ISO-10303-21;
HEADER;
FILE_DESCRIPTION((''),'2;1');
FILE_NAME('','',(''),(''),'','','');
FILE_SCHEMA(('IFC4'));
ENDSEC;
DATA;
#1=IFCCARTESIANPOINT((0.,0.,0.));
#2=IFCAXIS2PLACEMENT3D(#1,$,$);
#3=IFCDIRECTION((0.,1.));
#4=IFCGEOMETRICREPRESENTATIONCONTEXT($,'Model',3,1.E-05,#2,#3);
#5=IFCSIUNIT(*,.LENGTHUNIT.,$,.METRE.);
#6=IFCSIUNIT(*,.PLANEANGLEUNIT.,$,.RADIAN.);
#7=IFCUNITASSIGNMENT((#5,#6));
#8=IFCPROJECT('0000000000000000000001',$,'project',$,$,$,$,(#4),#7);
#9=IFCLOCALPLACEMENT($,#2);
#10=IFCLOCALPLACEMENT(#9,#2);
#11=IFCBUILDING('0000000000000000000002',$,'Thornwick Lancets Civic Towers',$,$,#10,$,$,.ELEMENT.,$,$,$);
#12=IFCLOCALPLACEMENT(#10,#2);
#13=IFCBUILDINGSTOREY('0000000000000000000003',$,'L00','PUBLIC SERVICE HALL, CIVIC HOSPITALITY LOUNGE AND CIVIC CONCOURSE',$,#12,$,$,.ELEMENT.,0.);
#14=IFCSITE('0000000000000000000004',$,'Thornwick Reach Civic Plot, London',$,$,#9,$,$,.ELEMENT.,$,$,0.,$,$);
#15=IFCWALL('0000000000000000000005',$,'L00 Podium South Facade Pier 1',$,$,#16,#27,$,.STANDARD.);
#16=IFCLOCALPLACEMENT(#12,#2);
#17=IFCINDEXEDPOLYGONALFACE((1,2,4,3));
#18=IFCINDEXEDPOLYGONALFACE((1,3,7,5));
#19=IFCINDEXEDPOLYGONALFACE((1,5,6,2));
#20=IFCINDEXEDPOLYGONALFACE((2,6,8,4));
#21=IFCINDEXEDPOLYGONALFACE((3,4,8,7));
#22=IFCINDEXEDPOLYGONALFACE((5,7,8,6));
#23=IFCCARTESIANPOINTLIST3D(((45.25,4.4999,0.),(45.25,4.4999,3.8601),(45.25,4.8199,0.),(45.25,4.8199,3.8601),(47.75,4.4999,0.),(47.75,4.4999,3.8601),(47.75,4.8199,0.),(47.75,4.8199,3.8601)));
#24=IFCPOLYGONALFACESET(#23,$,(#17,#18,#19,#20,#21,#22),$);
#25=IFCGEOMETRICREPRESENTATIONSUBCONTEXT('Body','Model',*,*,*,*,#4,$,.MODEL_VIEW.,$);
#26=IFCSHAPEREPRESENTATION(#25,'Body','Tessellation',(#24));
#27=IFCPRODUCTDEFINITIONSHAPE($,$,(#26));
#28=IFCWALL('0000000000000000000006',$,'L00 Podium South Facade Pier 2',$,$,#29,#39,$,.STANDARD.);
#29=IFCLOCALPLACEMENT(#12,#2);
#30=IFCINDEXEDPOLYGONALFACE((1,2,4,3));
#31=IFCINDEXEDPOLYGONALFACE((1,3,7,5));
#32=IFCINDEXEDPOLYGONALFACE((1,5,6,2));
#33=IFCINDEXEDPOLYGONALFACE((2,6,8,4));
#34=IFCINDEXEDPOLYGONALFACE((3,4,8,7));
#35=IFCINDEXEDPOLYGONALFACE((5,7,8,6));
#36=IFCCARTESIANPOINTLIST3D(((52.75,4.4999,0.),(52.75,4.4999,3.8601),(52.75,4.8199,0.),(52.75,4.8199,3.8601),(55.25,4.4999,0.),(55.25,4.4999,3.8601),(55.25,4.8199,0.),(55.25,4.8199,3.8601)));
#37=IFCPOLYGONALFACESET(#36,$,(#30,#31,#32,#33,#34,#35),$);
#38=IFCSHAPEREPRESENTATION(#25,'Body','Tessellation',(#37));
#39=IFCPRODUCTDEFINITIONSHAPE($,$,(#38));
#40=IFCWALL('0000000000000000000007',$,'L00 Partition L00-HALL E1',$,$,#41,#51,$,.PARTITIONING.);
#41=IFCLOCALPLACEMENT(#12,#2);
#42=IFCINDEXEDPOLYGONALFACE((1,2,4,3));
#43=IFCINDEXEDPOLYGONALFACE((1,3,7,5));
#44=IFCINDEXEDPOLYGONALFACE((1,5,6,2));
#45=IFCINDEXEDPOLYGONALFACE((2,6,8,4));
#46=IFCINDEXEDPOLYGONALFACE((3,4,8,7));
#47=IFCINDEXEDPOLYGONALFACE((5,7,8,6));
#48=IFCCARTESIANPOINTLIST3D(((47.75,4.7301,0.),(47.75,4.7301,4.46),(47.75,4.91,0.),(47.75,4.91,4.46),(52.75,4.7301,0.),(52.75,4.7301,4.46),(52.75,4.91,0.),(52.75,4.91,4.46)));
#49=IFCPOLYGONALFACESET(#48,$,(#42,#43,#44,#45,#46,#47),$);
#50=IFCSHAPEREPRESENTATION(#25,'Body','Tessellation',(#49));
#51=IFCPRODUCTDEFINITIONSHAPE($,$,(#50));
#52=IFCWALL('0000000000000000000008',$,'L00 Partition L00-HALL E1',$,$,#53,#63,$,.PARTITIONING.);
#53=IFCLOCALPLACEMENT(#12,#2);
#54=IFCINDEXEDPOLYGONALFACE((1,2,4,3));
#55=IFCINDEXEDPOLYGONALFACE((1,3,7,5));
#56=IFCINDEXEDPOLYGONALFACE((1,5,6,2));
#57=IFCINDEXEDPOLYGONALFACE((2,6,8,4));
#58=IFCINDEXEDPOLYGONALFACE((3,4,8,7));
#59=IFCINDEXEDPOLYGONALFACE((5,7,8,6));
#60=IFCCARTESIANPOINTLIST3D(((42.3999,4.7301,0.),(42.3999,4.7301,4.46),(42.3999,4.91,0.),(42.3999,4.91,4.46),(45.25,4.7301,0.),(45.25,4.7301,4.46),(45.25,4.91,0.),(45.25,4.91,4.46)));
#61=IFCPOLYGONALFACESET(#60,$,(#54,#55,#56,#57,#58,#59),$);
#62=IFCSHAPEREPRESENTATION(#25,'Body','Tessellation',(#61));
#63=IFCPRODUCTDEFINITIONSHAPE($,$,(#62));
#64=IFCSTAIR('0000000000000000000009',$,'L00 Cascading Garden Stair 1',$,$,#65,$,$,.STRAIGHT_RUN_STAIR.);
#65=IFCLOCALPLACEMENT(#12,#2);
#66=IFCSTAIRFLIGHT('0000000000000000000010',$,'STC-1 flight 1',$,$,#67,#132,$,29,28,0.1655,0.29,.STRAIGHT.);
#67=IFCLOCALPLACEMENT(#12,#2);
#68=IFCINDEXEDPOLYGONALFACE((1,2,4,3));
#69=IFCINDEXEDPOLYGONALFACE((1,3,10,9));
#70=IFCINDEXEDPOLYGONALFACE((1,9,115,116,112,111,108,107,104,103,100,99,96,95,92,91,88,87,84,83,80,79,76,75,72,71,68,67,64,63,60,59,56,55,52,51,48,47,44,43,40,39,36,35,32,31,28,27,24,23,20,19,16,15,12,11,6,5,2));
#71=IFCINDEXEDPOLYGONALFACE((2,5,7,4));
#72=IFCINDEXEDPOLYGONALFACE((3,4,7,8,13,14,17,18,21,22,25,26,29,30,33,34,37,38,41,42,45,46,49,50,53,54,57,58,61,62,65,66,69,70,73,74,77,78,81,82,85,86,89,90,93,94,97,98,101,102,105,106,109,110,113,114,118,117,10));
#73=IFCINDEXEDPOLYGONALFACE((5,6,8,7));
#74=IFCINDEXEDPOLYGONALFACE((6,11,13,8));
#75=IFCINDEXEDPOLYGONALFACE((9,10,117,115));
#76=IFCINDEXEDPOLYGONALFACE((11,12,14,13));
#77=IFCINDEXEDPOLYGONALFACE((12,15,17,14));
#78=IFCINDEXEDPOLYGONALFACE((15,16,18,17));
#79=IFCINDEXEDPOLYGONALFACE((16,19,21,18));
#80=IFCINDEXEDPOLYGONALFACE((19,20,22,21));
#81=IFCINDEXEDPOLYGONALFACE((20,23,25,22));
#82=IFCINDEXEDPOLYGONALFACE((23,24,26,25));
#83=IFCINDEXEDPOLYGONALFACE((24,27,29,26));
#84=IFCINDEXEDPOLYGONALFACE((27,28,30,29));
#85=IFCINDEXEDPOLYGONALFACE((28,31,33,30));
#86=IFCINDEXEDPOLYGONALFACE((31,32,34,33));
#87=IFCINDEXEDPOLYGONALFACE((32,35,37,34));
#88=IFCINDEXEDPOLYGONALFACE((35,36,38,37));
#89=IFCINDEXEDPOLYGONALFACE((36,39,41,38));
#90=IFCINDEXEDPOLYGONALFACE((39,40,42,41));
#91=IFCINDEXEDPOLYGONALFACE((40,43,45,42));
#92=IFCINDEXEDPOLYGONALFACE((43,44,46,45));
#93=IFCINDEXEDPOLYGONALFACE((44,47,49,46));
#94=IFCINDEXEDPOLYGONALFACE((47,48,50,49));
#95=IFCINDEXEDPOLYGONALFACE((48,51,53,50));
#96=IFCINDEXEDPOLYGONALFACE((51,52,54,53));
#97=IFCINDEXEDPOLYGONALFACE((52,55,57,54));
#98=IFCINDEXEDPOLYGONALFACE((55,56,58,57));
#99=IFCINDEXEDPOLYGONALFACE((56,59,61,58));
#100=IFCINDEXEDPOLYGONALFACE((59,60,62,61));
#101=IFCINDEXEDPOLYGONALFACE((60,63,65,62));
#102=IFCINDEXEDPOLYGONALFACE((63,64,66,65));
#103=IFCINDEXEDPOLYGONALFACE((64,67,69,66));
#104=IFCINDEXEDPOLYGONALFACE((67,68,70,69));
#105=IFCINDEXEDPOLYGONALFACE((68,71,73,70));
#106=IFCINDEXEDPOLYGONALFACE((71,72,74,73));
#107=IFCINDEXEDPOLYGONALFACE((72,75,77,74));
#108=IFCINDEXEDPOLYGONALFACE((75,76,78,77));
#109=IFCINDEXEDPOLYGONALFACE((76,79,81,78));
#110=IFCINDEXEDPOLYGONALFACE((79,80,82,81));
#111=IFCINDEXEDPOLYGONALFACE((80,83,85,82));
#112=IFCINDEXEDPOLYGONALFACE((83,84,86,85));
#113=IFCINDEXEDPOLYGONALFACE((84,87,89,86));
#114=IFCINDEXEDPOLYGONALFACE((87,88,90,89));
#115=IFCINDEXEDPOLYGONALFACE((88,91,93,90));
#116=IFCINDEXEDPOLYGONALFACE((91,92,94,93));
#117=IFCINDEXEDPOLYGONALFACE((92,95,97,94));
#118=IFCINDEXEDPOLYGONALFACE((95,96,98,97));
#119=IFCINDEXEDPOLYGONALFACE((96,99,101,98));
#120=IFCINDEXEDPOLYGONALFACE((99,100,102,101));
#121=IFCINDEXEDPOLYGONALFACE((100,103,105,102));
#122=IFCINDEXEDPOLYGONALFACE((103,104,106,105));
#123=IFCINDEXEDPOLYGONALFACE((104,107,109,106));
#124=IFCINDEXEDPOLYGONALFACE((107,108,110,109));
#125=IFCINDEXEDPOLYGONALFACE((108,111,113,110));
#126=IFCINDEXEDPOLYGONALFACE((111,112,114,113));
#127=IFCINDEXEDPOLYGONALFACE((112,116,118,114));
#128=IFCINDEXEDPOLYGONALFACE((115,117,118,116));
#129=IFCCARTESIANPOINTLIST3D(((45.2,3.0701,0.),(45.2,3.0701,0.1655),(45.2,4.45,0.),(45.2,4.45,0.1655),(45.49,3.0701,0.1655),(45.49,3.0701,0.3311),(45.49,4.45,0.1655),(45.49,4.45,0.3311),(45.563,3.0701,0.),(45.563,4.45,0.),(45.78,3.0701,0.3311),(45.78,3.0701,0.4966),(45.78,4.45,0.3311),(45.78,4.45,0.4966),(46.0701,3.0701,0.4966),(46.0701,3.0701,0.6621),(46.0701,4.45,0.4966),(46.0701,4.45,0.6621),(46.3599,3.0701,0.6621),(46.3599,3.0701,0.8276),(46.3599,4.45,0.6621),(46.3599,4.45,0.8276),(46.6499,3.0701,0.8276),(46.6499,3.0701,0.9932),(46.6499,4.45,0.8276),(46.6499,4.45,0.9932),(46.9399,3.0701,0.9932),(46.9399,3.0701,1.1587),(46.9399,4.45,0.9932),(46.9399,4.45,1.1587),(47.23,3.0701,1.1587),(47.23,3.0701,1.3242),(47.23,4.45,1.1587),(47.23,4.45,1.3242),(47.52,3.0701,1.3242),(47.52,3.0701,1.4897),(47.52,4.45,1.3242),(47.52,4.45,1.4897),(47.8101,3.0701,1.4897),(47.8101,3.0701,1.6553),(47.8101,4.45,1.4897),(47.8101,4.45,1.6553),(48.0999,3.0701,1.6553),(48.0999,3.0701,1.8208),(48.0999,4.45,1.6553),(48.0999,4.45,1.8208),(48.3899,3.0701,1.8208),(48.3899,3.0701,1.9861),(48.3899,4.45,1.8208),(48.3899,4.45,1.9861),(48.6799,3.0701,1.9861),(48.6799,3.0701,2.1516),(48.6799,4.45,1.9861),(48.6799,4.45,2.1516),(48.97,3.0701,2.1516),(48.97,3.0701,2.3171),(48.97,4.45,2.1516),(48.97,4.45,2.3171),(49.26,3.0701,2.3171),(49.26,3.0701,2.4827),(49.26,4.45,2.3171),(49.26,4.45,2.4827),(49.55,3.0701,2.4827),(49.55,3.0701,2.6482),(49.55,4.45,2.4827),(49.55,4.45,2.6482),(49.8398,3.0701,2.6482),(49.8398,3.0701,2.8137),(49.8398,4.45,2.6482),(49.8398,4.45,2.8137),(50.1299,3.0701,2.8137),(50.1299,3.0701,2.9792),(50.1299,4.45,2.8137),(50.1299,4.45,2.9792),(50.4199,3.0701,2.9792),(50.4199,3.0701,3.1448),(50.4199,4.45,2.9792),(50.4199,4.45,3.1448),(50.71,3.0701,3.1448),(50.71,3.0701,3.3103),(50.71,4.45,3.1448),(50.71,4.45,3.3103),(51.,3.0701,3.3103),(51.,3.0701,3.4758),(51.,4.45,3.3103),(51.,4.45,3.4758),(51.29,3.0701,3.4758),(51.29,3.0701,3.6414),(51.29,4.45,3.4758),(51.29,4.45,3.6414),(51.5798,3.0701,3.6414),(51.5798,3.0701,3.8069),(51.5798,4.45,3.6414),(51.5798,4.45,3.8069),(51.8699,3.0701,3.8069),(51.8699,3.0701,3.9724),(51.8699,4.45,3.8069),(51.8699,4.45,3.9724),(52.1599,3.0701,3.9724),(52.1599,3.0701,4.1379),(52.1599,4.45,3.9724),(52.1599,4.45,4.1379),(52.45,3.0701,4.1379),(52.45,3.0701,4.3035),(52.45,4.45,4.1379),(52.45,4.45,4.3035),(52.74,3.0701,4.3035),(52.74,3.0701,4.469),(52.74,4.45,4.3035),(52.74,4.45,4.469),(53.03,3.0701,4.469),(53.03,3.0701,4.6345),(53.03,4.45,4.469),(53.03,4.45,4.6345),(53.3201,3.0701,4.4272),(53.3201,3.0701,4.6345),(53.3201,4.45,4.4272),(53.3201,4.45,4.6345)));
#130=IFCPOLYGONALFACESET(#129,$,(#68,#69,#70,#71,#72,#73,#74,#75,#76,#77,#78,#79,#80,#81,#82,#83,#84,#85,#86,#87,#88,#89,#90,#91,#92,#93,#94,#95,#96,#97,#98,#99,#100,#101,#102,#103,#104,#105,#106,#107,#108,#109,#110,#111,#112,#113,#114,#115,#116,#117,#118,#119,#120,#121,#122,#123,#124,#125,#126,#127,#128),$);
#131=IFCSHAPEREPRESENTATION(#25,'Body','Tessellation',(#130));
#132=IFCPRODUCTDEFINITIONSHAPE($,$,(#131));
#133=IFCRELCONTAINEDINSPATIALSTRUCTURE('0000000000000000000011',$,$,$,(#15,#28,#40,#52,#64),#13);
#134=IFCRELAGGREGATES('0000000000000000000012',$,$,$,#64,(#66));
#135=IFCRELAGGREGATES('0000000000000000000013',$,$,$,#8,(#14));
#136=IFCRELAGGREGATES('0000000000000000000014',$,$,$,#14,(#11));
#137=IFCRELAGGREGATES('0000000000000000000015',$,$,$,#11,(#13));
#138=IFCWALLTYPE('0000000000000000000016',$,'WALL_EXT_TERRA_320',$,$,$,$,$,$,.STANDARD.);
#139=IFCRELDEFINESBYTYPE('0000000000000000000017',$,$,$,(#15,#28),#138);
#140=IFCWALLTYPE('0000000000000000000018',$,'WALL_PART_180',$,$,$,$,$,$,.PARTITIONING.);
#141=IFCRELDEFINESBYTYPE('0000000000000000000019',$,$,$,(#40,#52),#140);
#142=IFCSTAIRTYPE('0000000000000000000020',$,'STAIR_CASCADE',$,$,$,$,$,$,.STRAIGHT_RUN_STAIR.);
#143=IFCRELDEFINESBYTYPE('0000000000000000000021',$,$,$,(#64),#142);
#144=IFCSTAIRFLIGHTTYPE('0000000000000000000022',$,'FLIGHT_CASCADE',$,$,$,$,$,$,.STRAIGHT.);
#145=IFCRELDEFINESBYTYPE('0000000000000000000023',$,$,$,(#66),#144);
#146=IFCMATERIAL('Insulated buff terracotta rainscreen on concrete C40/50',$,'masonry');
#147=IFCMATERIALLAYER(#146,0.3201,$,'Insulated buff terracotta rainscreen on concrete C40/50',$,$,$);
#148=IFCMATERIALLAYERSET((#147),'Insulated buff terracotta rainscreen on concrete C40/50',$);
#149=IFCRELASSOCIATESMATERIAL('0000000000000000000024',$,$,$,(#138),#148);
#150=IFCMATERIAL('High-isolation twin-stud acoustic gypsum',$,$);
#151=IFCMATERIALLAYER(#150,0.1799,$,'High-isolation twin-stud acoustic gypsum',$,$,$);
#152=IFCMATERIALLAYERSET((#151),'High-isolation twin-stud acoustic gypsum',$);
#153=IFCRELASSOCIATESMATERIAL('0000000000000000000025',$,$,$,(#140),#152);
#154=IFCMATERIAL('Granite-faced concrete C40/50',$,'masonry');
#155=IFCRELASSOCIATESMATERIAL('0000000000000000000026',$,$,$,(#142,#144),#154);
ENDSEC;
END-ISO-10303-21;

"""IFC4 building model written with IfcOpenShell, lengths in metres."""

from ifc_helpers import new_model, si_unit, direction, frame, frame_2d, origin, place, context, subcontext, project, spatial, polyline, rectangle, outline, extrude, material, layer, layer_set, type_object, element, aggregate, save


model = new_model("IFC4")

# Units and contexts
model_context = context("Model", 3, precision=1e-05, world=origin(), true_north=direction((0.0, 1.0)))
body_context = subcontext(model_context, "Body", "Model", "MODEL_VIEW")
ifc_project = project(units=[si_unit("LENGTHUNIT", "METRE"), si_unit("PLANEANGLEUNIT", "RADIAN")], contexts=[model_context])

# Site, building, storey
site_placement = place(None, origin())
site = spatial("IfcSite", under=ifc_project, at=site_placement, Name="Thornwick Reach Civic Plot, London", CompositionType="ELEMENT", RefElevation=0.0)
building_placement = place(site_placement, origin())
building = spatial("IfcBuilding", under=site, at=building_placement, Name="Thornwick Lancets Civic Towers", CompositionType="ELEMENT")
storey_placement = place(building_placement, origin())
storey = spatial("IfcBuildingStorey", under=building, at=storey_placement, Name="L00", Description="PUBLIC SERVICE HALL, CIVIC HOSPITALITY LOUNGE AND CIVIC CONCOURSE", CompositionType="ELEMENT", Elevation=0.0)

# Walls
ifc_material_1 = material(Name="Insulated buff terracotta rainscreen on concrete C40/50", Category="masonry")
ifc_layer_1 = layer(ifc_material_1, 0.3201, Name="Insulated buff terracotta rainscreen on concrete C40/50")
ifc_layer_set_1 = layer_set([ifc_layer_1], Name="Insulated buff terracotta rainscreen on concrete C40/50")
wall_type_1 = type_object("IfcWallType", Name="WALL_EXT_TERRA_320", PredefinedType="STANDARD", material=ifc_layer_set_1)
for number, where, z_axis, x_axis, name in (
    (1, (45.25, 4.6599, 0.0), (0.0, 0.0, 1.0), (1.0, 0.0, 0.0), "L00 Podium South Facade Pier 1"),
    (2, (52.75, 4.6599, 0.0), (0.0, 0.0, 1.0), (1.0, 0.0, 0.0), "L00 Podium South Facade Pier 2"),
):
    element("IfcWall", number, at=place(storey_placement, frame(where, z_axis=z_axis, x_axis=x_axis)), inside=storey, type_object=wall_type_1, Name=name, PredefinedType="STANDARD", context=body_context, shape_type="SweptSolid", body=[
        extrude(rectangle(XDim=2.5, YDim=0.3201, at=frame_2d((1.25, 0.0))), origin(), (0.0, 0.0, 1.0), 3.8601),
    ])
ifc_material_2 = material(Name="High-isolation twin-stud acoustic gypsum")
ifc_layer_2 = layer(ifc_material_2, 0.1799, Name="High-isolation twin-stud acoustic gypsum")
ifc_layer_set_2 = layer_set([ifc_layer_2], Name="High-isolation twin-stud acoustic gypsum")
wall_type_2 = type_object("IfcWallType", Name="WALL_PART_180", PredefinedType="PARTITIONING", material=ifc_layer_set_2)
wall_1_placement = place(storey_placement, frame((52.75, 4.8201, 0.0), z_axis=(0.0, 0.0, 1.0), x_axis=(-1.0, 0.0, 0.0)))
element("IfcWall", 3, at=wall_1_placement, inside=storey, type_object=wall_type_2, Name="L00 Partition L00-HALL E1", PredefinedType="PARTITIONING", context=body_context, shape_type="SweptSolid", body=[
    extrude(rectangle(XDim=5.0, YDim=0.1799, at=frame_2d((2.5, 0.0))), origin(), (0.0, 0.0, 1.0), 4.46),
])
wall_2_placement = place(storey_placement, frame((45.25, 4.8201, 0.0), z_axis=(0.0, 0.0, 1.0), x_axis=(-1.0, 0.0, 0.0)))
element("IfcWall", 4, at=wall_2_placement, inside=storey, type_object=wall_type_2, Name="L00 Partition L00-HALL E1", PredefinedType="PARTITIONING", context=body_context, shape_type="SweptSolid", body=[
    extrude(rectangle(XDim=2.8501, YDim=0.1799, at=frame_2d((1.425, 0.0))), origin(), (0.0, 0.0, 1.0), 4.46),
])

# Stair, stair flight
ifc_material_3 = material(Name="Granite-faced concrete C40/50", Category="masonry")
stair_type = type_object("IfcStairType", Name="STAIR_CASCADE", PredefinedType="STRAIGHT_RUN_STAIR", material=ifc_material_3)
stair_placement = place(storey_placement, origin())
stair = element("IfcStair", 5, at=stair_placement, inside=storey, type_object=stair_type, Name="L00 Cascading Garden Stair 1", PredefinedType="STRAIGHT_RUN_STAIR")
stair_flight_type = type_object("IfcStairFlightType", Name="FLIGHT_CASCADE", PredefinedType="STRAIGHT", material=ifc_material_3)
stair_flight_placement = place(storey_placement, frame((45.2, 3.76, 0.0), z_axis=(0.0, 0.0, 1.0), x_axis=(1.0, 0.0, 0.0)))
stair_flight = element("IfcStairFlight", 6, at=stair_flight_placement, type_object=stair_flight_type, Name="STC-1 flight 1", NumberOfRisers=29, NumberOfTreads=28, PredefinedType="STRAIGHT", RiserHeight=0.1655, TreadLength=0.29, context=body_context, shape_type="SweptSolid", body=[
    extrude(outline(polyline([(0.0, 0.0), (0.0, 0.1655), (0.29, 0.1655), (0.29, 0.3311), (0.5801, 0.3311), (0.5801, 0.4966), (0.8701, 0.4966), (0.8701, 0.6621), (1.1599, 0.6621), (1.1599, 0.8276), (1.45, 0.8276), (1.45, 0.9932), (1.74, 0.9932), (1.74, 1.1587), (2.03, 1.1587), (2.03, 1.3242), (2.3201, 1.3242), (2.3201, 1.4897), (2.6101, 1.4897), (2.6101, 1.6553), (2.8999, 1.6553), (2.8999, 1.8208), (3.1899, 1.8208), (3.1899, 1.9861), (3.48, 1.9861), (3.48, 2.1516), (3.77, 2.1516), (3.77, 2.3171), (4.0601, 2.3171), (4.0601, 2.4827), (4.3501, 2.4827), (4.3501, 2.6482), (4.6399, 2.6482), (4.6399, 2.8137), (4.9299, 2.8137), (4.9299, 2.9792), (5.22, 2.9792), (5.22, 3.1448), (5.51, 3.1448), (5.51, 3.3103), (5.8, 3.3103), (5.8, 3.4758), (6.0901, 3.4758), (6.0901, 3.6414), (6.3799, 3.6414), (6.3799, 3.8069), (6.6699, 3.8069), (6.6699, 3.9724), (6.96, 3.9724), (6.96, 4.1379), (7.25, 4.1379), (7.25, 4.3035), (7.54, 4.3035), (7.54, 4.469), (7.8301, 4.469), (7.8301, 4.6345), (8.1201, 4.6345), (8.1201, 4.8), (8.1201, 4.4272), (0.363, 0.0), (0.0, 0.0)])), frame((0.0, 0.6899, 0.0), z_axis=(0.0, -1.0, 0.0), x_axis=(1.0, 0.0, 0.0)), (0.0, 0.0, 1.0), 1.3799),
])
aggregate(stair, [stair_flight])

save(model, "model.ifc")
